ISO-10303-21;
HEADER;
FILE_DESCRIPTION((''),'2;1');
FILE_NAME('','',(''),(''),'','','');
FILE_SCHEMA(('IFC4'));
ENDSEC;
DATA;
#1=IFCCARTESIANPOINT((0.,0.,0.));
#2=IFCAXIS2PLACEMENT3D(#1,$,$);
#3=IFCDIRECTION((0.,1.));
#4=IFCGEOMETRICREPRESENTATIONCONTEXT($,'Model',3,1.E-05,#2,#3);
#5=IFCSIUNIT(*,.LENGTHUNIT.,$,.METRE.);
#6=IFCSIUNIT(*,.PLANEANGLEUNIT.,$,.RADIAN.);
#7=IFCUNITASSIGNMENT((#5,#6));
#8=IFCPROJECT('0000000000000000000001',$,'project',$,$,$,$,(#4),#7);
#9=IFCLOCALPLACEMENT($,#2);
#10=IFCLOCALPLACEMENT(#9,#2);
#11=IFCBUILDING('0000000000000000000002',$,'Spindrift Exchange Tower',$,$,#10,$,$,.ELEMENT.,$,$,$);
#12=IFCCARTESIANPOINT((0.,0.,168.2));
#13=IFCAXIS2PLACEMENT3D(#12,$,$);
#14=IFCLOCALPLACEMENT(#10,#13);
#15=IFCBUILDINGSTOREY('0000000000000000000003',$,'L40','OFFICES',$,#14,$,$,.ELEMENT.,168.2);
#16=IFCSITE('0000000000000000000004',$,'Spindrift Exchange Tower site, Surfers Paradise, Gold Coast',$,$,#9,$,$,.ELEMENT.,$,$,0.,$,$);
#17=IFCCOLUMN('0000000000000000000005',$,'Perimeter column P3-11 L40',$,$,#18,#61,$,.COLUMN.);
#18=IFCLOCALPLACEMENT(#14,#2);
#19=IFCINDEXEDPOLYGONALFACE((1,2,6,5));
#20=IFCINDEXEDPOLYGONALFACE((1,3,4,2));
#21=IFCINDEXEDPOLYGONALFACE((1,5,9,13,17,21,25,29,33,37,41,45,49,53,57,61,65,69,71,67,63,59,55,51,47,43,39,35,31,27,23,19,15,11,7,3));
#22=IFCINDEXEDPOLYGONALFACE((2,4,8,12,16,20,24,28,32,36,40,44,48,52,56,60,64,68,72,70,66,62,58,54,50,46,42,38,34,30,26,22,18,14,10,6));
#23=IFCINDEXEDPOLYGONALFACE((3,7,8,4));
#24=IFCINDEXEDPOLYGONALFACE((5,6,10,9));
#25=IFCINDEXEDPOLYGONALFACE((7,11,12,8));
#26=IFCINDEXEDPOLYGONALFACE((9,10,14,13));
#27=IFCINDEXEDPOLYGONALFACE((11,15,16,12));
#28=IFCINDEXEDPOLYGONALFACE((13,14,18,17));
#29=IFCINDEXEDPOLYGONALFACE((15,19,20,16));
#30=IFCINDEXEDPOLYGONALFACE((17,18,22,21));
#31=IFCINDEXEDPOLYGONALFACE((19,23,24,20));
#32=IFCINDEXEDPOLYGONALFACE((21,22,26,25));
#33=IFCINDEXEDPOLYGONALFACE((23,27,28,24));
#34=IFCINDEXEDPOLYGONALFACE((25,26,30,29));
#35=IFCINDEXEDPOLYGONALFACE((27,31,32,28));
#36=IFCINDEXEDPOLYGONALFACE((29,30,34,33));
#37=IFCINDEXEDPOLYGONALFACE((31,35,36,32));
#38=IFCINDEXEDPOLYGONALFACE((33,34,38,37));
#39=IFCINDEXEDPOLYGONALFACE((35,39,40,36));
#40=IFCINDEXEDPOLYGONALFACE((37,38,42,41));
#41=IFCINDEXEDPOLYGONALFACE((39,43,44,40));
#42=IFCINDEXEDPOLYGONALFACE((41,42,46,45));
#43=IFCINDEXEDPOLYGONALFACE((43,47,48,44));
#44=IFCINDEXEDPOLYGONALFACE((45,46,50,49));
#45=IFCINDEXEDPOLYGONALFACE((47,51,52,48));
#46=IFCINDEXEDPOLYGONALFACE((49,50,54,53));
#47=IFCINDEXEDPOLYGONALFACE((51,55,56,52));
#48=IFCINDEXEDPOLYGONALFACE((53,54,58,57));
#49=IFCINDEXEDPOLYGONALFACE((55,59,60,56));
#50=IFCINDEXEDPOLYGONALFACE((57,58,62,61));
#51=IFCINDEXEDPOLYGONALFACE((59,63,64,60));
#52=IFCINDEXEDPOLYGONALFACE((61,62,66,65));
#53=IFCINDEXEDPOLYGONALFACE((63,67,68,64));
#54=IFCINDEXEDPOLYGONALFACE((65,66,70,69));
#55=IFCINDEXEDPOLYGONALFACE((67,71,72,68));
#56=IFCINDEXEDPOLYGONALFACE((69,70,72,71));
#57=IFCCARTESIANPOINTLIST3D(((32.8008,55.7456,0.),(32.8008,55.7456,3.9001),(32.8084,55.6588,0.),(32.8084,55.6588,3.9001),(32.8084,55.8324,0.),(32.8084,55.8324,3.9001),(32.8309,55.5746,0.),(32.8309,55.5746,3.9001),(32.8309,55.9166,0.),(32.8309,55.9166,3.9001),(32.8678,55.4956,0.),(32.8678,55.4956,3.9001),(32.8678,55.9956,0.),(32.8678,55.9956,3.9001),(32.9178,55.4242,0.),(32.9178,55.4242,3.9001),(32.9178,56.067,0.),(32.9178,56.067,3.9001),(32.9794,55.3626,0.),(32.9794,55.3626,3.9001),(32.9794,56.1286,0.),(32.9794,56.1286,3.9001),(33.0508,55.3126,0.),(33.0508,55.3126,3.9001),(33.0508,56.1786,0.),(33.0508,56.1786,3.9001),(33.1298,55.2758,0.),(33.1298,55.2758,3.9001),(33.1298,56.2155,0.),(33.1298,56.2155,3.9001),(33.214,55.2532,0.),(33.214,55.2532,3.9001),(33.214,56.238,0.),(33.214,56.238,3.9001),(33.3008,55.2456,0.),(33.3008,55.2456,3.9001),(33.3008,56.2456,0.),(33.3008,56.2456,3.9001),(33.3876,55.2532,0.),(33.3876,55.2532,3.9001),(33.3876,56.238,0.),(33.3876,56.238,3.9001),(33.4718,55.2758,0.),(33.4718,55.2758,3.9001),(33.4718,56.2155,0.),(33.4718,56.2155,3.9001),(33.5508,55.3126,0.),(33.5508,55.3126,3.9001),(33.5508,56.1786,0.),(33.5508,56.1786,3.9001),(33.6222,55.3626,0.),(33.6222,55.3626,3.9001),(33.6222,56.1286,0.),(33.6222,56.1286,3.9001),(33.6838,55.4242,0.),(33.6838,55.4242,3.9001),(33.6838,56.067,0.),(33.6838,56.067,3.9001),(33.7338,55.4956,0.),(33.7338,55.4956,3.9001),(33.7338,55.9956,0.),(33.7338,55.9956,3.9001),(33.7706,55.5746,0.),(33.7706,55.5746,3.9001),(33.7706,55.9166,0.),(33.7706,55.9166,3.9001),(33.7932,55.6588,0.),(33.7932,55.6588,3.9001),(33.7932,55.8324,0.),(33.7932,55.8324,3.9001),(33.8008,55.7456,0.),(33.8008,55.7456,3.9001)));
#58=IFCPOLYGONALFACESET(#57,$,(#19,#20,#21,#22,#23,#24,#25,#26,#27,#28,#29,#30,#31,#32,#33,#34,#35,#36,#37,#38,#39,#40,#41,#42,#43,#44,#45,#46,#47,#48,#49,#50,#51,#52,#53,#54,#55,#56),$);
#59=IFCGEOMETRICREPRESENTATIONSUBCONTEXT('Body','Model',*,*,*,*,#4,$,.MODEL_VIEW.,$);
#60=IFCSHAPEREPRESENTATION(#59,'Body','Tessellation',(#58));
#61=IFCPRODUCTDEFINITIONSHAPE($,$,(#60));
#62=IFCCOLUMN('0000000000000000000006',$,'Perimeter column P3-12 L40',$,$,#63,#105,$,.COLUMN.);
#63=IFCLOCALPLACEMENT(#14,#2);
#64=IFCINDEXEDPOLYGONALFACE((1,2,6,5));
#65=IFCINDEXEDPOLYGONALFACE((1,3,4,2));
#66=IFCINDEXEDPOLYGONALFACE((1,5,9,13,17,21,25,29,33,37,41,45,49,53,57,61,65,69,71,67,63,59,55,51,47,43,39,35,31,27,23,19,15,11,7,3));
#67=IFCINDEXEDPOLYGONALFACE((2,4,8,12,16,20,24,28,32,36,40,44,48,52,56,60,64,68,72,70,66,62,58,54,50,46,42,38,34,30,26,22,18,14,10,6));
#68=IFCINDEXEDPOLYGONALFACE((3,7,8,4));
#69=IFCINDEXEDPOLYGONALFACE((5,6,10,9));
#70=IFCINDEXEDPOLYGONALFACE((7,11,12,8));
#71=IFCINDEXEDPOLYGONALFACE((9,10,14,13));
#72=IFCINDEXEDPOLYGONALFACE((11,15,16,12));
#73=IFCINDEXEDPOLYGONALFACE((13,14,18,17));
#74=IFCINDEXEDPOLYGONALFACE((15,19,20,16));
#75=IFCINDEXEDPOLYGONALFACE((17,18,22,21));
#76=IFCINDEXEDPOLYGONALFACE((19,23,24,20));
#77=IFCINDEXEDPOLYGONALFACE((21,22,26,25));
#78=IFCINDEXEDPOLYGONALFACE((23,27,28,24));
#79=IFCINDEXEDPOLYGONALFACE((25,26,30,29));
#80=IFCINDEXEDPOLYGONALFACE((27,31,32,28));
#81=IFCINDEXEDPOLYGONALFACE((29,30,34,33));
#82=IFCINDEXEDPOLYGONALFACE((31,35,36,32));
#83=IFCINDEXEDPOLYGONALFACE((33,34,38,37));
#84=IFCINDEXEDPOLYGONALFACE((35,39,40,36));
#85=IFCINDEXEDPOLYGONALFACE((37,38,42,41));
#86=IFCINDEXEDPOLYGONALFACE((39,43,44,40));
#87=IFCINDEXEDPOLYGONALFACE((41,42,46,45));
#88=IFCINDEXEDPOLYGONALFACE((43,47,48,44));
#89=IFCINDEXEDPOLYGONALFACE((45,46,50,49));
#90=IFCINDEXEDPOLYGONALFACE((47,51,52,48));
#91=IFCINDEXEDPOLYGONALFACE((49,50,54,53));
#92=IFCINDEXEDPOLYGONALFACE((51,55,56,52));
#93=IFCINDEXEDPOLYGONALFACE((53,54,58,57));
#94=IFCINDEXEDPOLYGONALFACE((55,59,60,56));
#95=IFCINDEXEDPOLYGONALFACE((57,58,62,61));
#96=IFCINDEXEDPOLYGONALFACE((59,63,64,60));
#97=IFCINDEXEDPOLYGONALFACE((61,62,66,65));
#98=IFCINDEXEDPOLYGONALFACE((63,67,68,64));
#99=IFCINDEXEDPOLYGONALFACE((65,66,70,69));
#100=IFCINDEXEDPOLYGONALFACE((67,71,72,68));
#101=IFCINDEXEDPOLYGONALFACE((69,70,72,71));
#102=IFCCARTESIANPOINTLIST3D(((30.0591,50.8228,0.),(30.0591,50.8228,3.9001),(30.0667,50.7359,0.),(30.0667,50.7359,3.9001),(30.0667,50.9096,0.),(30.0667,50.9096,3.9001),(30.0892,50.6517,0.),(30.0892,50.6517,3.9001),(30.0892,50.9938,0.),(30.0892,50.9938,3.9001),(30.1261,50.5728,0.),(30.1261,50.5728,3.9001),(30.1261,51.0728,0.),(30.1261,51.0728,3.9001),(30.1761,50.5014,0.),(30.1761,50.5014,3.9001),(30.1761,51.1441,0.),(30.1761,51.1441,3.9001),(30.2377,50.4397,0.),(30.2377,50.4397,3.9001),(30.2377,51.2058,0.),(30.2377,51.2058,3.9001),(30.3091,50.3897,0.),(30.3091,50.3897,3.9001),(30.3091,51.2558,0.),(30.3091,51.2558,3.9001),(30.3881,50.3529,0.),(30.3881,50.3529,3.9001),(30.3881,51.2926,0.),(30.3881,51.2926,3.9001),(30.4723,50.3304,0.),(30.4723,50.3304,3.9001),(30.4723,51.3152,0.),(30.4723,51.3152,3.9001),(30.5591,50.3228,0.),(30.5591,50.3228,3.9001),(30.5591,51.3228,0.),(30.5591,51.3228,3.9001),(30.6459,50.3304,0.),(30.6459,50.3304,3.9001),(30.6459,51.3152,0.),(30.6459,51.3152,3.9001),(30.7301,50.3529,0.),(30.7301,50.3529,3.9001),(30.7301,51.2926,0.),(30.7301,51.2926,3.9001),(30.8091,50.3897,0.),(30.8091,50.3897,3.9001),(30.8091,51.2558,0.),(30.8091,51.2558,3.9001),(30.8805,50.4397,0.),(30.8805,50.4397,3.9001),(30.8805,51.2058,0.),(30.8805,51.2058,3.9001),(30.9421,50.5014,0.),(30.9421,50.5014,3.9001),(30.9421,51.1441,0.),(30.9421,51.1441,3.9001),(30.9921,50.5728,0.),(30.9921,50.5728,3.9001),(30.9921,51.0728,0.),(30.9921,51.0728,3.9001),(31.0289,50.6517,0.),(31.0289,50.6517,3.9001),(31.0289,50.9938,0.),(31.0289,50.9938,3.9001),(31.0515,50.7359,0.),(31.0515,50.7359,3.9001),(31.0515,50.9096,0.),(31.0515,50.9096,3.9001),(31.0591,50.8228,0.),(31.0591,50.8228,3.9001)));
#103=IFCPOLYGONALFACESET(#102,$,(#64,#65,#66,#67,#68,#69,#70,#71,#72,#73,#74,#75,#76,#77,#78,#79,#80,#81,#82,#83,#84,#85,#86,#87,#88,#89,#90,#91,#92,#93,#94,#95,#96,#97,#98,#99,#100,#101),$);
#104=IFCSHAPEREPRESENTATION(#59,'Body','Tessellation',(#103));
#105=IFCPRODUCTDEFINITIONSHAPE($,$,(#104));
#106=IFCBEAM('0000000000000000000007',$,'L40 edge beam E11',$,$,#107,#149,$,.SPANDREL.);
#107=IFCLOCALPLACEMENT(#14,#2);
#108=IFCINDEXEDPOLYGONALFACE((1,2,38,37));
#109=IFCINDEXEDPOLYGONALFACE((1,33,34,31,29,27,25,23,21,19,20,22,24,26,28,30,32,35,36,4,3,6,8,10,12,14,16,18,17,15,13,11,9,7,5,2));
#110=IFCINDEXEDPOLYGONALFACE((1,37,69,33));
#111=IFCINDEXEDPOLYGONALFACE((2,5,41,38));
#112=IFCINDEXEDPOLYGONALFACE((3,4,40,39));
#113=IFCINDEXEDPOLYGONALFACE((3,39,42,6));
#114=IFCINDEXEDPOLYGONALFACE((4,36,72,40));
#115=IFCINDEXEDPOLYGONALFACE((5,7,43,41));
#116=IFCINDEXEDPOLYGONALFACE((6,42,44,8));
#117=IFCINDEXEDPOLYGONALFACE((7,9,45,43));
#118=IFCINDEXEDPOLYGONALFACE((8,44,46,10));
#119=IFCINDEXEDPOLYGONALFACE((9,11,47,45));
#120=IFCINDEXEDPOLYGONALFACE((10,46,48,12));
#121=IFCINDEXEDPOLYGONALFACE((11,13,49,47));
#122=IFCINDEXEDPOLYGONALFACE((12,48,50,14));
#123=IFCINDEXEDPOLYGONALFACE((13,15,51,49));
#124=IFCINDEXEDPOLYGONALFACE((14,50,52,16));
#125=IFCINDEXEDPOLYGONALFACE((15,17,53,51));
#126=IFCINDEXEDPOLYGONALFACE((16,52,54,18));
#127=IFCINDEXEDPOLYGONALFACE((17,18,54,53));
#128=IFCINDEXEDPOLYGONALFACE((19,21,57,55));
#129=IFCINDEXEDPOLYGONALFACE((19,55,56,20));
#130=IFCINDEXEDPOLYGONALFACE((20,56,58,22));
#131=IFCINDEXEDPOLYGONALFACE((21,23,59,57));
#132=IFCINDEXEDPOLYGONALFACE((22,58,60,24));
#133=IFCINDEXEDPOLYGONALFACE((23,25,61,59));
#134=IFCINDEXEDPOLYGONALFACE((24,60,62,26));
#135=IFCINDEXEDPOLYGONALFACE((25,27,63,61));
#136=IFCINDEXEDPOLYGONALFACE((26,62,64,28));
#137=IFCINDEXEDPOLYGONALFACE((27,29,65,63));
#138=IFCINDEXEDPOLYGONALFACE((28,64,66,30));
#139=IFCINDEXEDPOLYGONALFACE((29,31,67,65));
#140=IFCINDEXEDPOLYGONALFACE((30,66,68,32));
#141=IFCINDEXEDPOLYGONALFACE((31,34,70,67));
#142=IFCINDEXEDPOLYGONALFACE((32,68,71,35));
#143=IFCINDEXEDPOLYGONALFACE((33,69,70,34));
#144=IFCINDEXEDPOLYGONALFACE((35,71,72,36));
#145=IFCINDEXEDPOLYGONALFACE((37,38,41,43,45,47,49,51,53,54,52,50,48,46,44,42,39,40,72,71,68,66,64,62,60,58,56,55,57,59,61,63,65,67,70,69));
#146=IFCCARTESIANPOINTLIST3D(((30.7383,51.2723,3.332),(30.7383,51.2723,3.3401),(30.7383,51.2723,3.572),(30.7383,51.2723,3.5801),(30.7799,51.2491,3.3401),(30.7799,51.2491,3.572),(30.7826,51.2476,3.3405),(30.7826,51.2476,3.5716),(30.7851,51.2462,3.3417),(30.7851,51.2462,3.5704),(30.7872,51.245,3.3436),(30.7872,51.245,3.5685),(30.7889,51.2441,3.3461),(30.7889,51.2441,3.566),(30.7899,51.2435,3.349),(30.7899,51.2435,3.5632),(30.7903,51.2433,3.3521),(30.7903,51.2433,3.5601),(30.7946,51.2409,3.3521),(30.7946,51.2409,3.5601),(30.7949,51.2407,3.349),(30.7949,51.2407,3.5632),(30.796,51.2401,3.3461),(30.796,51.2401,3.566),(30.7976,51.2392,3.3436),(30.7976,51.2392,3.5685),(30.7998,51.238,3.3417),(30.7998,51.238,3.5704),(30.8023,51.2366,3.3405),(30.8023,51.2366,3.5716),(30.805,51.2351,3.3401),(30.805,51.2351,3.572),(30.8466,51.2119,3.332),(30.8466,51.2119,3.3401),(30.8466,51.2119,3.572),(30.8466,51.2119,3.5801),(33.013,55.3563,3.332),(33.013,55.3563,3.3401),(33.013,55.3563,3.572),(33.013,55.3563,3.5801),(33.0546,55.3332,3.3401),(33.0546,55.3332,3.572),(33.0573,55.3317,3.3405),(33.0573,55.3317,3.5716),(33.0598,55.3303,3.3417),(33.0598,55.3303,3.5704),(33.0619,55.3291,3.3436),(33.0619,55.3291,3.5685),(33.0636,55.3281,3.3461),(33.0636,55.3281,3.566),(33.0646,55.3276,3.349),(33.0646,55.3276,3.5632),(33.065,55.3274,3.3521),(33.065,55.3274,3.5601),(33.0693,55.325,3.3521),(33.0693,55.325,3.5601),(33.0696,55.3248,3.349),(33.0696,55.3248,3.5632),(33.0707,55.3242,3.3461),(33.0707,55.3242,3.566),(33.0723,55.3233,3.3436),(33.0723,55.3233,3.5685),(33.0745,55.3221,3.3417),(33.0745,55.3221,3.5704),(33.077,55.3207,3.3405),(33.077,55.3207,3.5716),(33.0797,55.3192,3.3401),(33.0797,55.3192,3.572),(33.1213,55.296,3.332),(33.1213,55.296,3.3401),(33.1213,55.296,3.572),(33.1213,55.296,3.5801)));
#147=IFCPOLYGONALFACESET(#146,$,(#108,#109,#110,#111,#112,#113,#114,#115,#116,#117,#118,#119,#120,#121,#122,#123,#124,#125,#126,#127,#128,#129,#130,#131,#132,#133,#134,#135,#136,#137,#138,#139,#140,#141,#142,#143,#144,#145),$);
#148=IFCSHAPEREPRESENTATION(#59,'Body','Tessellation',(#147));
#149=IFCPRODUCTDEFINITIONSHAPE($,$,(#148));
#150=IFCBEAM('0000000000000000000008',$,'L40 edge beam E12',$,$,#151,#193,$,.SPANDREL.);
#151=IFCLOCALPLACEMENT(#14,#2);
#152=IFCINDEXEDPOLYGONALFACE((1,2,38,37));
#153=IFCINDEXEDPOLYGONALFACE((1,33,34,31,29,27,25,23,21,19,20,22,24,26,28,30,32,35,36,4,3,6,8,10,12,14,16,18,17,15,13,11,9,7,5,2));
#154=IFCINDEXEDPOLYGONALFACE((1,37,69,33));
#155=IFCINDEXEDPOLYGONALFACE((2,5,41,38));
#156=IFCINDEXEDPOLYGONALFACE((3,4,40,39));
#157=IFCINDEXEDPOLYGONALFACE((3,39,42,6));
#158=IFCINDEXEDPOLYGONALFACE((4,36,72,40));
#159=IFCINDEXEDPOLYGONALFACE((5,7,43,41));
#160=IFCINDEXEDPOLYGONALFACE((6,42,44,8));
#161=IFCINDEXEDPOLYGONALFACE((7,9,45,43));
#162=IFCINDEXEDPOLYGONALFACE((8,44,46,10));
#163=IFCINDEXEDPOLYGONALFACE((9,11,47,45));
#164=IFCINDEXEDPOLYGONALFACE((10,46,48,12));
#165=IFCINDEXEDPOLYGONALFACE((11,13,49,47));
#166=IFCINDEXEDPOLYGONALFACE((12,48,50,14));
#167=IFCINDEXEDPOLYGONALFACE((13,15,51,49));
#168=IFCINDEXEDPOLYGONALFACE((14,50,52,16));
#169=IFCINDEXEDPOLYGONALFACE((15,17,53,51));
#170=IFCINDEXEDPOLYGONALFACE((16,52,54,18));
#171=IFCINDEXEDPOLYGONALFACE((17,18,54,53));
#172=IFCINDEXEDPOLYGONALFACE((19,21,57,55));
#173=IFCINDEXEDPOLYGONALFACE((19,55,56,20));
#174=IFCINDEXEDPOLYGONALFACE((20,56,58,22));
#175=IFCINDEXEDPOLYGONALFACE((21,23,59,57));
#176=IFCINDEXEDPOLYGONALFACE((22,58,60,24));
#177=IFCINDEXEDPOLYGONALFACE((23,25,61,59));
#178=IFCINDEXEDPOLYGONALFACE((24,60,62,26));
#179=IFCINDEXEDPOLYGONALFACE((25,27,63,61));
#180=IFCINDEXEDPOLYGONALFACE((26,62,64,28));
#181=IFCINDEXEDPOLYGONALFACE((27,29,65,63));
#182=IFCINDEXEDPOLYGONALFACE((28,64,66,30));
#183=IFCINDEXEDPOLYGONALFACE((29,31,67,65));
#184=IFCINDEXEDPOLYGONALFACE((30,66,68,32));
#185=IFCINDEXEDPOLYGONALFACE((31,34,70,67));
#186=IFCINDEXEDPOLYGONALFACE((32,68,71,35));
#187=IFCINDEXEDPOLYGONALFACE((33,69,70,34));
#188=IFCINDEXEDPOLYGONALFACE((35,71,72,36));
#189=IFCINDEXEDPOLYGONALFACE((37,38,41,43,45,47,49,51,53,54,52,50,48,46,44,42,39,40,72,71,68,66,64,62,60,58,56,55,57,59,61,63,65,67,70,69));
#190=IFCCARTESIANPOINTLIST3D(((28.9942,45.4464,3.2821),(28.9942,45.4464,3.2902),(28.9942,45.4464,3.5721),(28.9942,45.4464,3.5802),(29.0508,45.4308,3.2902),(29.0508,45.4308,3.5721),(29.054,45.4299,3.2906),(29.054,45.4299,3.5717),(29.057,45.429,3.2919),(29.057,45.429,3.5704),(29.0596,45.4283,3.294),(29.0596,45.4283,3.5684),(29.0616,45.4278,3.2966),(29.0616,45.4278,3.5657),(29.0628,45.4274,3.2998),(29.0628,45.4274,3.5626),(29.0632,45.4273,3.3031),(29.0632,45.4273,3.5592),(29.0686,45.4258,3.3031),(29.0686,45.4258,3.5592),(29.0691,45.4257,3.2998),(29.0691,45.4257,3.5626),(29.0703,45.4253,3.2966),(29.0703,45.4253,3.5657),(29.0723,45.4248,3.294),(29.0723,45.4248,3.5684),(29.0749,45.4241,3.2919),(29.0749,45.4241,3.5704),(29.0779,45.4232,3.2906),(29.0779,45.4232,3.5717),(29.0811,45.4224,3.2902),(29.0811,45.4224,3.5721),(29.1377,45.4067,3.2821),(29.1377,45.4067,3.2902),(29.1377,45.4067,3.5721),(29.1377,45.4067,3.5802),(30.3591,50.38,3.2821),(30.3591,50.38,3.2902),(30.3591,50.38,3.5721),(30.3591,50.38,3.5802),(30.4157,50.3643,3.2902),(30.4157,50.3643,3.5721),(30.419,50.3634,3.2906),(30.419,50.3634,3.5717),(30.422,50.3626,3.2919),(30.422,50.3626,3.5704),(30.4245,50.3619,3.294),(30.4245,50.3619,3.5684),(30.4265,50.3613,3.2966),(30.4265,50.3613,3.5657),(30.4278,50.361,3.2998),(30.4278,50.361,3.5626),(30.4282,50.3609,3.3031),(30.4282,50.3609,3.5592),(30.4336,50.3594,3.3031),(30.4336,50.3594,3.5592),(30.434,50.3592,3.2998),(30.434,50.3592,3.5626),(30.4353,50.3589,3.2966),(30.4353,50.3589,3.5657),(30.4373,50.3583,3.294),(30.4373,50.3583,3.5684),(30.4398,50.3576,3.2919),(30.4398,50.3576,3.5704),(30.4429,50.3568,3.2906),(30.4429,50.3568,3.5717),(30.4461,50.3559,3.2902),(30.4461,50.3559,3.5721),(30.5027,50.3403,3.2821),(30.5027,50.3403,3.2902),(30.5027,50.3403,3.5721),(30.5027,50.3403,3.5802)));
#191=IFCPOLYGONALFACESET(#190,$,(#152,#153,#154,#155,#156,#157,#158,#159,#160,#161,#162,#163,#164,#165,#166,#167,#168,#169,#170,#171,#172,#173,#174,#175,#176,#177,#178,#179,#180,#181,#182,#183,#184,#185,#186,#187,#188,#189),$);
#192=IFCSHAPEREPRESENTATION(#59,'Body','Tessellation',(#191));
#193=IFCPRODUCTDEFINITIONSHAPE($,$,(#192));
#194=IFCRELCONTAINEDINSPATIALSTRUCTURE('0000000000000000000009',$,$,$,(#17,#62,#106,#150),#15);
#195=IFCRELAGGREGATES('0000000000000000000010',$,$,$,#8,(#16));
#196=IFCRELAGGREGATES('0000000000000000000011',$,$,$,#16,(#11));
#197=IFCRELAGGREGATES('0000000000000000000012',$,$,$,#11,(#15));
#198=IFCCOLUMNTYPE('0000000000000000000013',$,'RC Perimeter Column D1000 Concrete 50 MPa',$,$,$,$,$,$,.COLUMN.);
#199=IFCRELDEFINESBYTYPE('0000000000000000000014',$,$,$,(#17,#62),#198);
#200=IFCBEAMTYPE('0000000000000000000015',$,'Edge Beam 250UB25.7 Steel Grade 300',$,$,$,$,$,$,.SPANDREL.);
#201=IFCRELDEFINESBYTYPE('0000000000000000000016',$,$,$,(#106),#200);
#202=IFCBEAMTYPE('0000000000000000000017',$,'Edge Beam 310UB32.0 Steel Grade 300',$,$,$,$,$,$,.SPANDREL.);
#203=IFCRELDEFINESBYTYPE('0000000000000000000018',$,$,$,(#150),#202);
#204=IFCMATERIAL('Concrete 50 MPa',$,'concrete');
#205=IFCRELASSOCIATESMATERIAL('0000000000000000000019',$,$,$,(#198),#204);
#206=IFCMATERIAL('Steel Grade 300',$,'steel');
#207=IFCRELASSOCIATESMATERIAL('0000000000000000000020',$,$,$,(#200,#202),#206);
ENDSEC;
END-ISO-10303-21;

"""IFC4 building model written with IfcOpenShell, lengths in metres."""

from ifc_helpers import new_model, si_unit, direction, frame, origin, origin_2d, place, context, subcontext, project, spatial, circle, i_section, extrude, source, transform, mapped, material, material_profile, profile_set, type_object, element, save


model = new_model("IFC4")

# Units and contexts
model_context = context("Model", 3, precision=1e-05, world=origin(), true_north=direction((0.0, 1.0)))
body_context = subcontext(model_context, "Body", "Model", "MODEL_VIEW")
ifc_project = project(units=[si_unit("LENGTHUNIT", "METRE"), si_unit("PLANEANGLEUNIT", "RADIAN")], contexts=[model_context])

# Site, building, storey
site_placement = place(None, origin())
site = spatial("IfcSite", under=ifc_project, at=site_placement, Name="Spindrift Exchange Tower site, Surfers Paradise, Gold Coast", CompositionType="ELEMENT", RefElevation=0.0)
building_placement = place(site_placement, origin())
building = spatial("IfcBuilding", under=site, at=building_placement, Name="Spindrift Exchange Tower", CompositionType="ELEMENT")
storey_placement = place(building_placement, frame((0.0, 0.0, 168.2)))
storey = spatial("IfcBuildingStorey", under=building, at=storey_placement, Name="L40", Description="OFFICES", CompositionType="ELEMENT", Elevation=168.2)

# Columns
ifc_material_1 = material(Name="Concrete 50 MPa", Category="concrete")
ifc_material_profile_1 = material_profile(ifc_material_1, circle(Radius=0.5, at=origin_2d()), Name="RC D1000")
ifc_profile_set_1 = profile_set([ifc_material_profile_1], Name="Concrete 50 MPa")
column_type = type_object("IfcColumnType", Name="RC Perimeter Column D1000 Concrete 50 MPa", PredefinedType="COLUMN", material=ifc_profile_set_1)
shared_shape_1 = source(origin(), body_context, "Body", "SweptSolid", [
    extrude(circle(Radius=0.5, at=origin_2d()), origin(), (0.0, 0.0, 1.0), 3.9001),
])
for number, where, z_axis, x_axis, name in (
    (1, (33.3008, 55.7456, 0.0), (0.0, 0.0, 1.0), (1.0, 0.0, 0.0), "Perimeter column P3-11 L40"),
    (2, (30.5591, 50.8228, 0.0), (0.0, 0.0, 1.0), (1.0, 0.0, 0.0), "Perimeter column P3-12 L40"),
):
    element("IfcColumn", number, at=place(storey_placement, frame(where, z_axis=z_axis, x_axis=x_axis)), inside=storey, type_object=column_type, Name=name, PredefinedType="COLUMN", context=body_context, shape_type="MappedRepresentation", body=[
        mapped(shared_shape_1, transform((0.0, 0.0, 0.0), scale=1.0)),
    ])

# Beams
ifc_material_2 = material(Name="Steel Grade 300", Category="steel")
ifc_material_profile_2 = material_profile(ifc_material_2, i_section(OverallWidth=0.124, OverallDepth=0.248, WebThickness=0.0049, FlangeThickness=0.0081, FilletRadius=0.012, at=origin_2d()), Name="250UB25.7")
ifc_profile_set_2 = profile_set([ifc_material_profile_2], Name="Steel Grade 300")
beam_type_1 = type_object("IfcBeamType", Name="Edge Beam 250UB25.7 Steel Grade 300", PredefinedType="SPANDREL", material=ifc_profile_set_2)
shared_shape_2 = source(origin(), body_context, "Body", "SweptSolid", [
    extrude(i_section(OverallWidth=0.124, OverallDepth=0.248, WebThickness=0.0049, FlangeThickness=0.0081, FilletRadius=0.012, at=origin_2d()), origin(), (0.0, 0.0, 1.0), 4.6748),
])
beam_1_placement = place(storey_placement, frame((33.0671, 55.3262, 3.4561), z_axis=(-0.486587, -0.873632, 0.0), x_axis=(0.873632, -0.486587, 0.0)))
element("IfcBeam", 3, at=beam_1_placement, inside=storey, type_object=beam_type_1, Name="L40 edge beam E11", PredefinedType="SPANDREL", context=body_context, shape_type="MappedRepresentation", body=[
    mapped(shared_shape_2, transform((0.0, 0.0, 0.0), scale=1.0)),
])
ifc_material_profile_3 = material_profile(ifc_material_2, i_section(OverallWidth=0.1489, OverallDepth=0.2981, WebThickness=0.0056, FlangeThickness=0.0081, FilletRadius=0.0129, at=origin_2d()), Name="310UB32.0")
ifc_profile_set_3 = profile_set([ifc_material_profile_3], Name="Steel Grade 300")
beam_type_2 = type_object("IfcBeamType", Name="Edge Beam 310UB32.0 Steel Grade 300", PredefinedType="SPANDREL", material=ifc_profile_set_3)
shared_shape_3 = source(origin(), body_context, "Body", "SweptSolid", [
    extrude(i_section(OverallWidth=0.1489, OverallDepth=0.2981, WebThickness=0.0056, FlangeThickness=0.0081, FilletRadius=0.0129, at=origin_2d()), origin(), (0.0, 0.0, 1.0), 5.1189),
])
beam_2_placement = place(storey_placement, frame((30.4309, 50.3601, 3.4312), z_axis=(-0.266655, -0.963792, 0.0), x_axis=(0.963792, -0.266655, 0.0)))
element("IfcBeam", 4, at=beam_2_placement, inside=storey, type_object=beam_type_2, Name="L40 edge beam E12", PredefinedType="SPANDREL", context=body_context, shape_type="MappedRepresentation", body=[
    mapped(shared_shape_3, transform((0.0, 0.0, 0.0), scale=1.0)),
])

save(model, "model.ifc")
